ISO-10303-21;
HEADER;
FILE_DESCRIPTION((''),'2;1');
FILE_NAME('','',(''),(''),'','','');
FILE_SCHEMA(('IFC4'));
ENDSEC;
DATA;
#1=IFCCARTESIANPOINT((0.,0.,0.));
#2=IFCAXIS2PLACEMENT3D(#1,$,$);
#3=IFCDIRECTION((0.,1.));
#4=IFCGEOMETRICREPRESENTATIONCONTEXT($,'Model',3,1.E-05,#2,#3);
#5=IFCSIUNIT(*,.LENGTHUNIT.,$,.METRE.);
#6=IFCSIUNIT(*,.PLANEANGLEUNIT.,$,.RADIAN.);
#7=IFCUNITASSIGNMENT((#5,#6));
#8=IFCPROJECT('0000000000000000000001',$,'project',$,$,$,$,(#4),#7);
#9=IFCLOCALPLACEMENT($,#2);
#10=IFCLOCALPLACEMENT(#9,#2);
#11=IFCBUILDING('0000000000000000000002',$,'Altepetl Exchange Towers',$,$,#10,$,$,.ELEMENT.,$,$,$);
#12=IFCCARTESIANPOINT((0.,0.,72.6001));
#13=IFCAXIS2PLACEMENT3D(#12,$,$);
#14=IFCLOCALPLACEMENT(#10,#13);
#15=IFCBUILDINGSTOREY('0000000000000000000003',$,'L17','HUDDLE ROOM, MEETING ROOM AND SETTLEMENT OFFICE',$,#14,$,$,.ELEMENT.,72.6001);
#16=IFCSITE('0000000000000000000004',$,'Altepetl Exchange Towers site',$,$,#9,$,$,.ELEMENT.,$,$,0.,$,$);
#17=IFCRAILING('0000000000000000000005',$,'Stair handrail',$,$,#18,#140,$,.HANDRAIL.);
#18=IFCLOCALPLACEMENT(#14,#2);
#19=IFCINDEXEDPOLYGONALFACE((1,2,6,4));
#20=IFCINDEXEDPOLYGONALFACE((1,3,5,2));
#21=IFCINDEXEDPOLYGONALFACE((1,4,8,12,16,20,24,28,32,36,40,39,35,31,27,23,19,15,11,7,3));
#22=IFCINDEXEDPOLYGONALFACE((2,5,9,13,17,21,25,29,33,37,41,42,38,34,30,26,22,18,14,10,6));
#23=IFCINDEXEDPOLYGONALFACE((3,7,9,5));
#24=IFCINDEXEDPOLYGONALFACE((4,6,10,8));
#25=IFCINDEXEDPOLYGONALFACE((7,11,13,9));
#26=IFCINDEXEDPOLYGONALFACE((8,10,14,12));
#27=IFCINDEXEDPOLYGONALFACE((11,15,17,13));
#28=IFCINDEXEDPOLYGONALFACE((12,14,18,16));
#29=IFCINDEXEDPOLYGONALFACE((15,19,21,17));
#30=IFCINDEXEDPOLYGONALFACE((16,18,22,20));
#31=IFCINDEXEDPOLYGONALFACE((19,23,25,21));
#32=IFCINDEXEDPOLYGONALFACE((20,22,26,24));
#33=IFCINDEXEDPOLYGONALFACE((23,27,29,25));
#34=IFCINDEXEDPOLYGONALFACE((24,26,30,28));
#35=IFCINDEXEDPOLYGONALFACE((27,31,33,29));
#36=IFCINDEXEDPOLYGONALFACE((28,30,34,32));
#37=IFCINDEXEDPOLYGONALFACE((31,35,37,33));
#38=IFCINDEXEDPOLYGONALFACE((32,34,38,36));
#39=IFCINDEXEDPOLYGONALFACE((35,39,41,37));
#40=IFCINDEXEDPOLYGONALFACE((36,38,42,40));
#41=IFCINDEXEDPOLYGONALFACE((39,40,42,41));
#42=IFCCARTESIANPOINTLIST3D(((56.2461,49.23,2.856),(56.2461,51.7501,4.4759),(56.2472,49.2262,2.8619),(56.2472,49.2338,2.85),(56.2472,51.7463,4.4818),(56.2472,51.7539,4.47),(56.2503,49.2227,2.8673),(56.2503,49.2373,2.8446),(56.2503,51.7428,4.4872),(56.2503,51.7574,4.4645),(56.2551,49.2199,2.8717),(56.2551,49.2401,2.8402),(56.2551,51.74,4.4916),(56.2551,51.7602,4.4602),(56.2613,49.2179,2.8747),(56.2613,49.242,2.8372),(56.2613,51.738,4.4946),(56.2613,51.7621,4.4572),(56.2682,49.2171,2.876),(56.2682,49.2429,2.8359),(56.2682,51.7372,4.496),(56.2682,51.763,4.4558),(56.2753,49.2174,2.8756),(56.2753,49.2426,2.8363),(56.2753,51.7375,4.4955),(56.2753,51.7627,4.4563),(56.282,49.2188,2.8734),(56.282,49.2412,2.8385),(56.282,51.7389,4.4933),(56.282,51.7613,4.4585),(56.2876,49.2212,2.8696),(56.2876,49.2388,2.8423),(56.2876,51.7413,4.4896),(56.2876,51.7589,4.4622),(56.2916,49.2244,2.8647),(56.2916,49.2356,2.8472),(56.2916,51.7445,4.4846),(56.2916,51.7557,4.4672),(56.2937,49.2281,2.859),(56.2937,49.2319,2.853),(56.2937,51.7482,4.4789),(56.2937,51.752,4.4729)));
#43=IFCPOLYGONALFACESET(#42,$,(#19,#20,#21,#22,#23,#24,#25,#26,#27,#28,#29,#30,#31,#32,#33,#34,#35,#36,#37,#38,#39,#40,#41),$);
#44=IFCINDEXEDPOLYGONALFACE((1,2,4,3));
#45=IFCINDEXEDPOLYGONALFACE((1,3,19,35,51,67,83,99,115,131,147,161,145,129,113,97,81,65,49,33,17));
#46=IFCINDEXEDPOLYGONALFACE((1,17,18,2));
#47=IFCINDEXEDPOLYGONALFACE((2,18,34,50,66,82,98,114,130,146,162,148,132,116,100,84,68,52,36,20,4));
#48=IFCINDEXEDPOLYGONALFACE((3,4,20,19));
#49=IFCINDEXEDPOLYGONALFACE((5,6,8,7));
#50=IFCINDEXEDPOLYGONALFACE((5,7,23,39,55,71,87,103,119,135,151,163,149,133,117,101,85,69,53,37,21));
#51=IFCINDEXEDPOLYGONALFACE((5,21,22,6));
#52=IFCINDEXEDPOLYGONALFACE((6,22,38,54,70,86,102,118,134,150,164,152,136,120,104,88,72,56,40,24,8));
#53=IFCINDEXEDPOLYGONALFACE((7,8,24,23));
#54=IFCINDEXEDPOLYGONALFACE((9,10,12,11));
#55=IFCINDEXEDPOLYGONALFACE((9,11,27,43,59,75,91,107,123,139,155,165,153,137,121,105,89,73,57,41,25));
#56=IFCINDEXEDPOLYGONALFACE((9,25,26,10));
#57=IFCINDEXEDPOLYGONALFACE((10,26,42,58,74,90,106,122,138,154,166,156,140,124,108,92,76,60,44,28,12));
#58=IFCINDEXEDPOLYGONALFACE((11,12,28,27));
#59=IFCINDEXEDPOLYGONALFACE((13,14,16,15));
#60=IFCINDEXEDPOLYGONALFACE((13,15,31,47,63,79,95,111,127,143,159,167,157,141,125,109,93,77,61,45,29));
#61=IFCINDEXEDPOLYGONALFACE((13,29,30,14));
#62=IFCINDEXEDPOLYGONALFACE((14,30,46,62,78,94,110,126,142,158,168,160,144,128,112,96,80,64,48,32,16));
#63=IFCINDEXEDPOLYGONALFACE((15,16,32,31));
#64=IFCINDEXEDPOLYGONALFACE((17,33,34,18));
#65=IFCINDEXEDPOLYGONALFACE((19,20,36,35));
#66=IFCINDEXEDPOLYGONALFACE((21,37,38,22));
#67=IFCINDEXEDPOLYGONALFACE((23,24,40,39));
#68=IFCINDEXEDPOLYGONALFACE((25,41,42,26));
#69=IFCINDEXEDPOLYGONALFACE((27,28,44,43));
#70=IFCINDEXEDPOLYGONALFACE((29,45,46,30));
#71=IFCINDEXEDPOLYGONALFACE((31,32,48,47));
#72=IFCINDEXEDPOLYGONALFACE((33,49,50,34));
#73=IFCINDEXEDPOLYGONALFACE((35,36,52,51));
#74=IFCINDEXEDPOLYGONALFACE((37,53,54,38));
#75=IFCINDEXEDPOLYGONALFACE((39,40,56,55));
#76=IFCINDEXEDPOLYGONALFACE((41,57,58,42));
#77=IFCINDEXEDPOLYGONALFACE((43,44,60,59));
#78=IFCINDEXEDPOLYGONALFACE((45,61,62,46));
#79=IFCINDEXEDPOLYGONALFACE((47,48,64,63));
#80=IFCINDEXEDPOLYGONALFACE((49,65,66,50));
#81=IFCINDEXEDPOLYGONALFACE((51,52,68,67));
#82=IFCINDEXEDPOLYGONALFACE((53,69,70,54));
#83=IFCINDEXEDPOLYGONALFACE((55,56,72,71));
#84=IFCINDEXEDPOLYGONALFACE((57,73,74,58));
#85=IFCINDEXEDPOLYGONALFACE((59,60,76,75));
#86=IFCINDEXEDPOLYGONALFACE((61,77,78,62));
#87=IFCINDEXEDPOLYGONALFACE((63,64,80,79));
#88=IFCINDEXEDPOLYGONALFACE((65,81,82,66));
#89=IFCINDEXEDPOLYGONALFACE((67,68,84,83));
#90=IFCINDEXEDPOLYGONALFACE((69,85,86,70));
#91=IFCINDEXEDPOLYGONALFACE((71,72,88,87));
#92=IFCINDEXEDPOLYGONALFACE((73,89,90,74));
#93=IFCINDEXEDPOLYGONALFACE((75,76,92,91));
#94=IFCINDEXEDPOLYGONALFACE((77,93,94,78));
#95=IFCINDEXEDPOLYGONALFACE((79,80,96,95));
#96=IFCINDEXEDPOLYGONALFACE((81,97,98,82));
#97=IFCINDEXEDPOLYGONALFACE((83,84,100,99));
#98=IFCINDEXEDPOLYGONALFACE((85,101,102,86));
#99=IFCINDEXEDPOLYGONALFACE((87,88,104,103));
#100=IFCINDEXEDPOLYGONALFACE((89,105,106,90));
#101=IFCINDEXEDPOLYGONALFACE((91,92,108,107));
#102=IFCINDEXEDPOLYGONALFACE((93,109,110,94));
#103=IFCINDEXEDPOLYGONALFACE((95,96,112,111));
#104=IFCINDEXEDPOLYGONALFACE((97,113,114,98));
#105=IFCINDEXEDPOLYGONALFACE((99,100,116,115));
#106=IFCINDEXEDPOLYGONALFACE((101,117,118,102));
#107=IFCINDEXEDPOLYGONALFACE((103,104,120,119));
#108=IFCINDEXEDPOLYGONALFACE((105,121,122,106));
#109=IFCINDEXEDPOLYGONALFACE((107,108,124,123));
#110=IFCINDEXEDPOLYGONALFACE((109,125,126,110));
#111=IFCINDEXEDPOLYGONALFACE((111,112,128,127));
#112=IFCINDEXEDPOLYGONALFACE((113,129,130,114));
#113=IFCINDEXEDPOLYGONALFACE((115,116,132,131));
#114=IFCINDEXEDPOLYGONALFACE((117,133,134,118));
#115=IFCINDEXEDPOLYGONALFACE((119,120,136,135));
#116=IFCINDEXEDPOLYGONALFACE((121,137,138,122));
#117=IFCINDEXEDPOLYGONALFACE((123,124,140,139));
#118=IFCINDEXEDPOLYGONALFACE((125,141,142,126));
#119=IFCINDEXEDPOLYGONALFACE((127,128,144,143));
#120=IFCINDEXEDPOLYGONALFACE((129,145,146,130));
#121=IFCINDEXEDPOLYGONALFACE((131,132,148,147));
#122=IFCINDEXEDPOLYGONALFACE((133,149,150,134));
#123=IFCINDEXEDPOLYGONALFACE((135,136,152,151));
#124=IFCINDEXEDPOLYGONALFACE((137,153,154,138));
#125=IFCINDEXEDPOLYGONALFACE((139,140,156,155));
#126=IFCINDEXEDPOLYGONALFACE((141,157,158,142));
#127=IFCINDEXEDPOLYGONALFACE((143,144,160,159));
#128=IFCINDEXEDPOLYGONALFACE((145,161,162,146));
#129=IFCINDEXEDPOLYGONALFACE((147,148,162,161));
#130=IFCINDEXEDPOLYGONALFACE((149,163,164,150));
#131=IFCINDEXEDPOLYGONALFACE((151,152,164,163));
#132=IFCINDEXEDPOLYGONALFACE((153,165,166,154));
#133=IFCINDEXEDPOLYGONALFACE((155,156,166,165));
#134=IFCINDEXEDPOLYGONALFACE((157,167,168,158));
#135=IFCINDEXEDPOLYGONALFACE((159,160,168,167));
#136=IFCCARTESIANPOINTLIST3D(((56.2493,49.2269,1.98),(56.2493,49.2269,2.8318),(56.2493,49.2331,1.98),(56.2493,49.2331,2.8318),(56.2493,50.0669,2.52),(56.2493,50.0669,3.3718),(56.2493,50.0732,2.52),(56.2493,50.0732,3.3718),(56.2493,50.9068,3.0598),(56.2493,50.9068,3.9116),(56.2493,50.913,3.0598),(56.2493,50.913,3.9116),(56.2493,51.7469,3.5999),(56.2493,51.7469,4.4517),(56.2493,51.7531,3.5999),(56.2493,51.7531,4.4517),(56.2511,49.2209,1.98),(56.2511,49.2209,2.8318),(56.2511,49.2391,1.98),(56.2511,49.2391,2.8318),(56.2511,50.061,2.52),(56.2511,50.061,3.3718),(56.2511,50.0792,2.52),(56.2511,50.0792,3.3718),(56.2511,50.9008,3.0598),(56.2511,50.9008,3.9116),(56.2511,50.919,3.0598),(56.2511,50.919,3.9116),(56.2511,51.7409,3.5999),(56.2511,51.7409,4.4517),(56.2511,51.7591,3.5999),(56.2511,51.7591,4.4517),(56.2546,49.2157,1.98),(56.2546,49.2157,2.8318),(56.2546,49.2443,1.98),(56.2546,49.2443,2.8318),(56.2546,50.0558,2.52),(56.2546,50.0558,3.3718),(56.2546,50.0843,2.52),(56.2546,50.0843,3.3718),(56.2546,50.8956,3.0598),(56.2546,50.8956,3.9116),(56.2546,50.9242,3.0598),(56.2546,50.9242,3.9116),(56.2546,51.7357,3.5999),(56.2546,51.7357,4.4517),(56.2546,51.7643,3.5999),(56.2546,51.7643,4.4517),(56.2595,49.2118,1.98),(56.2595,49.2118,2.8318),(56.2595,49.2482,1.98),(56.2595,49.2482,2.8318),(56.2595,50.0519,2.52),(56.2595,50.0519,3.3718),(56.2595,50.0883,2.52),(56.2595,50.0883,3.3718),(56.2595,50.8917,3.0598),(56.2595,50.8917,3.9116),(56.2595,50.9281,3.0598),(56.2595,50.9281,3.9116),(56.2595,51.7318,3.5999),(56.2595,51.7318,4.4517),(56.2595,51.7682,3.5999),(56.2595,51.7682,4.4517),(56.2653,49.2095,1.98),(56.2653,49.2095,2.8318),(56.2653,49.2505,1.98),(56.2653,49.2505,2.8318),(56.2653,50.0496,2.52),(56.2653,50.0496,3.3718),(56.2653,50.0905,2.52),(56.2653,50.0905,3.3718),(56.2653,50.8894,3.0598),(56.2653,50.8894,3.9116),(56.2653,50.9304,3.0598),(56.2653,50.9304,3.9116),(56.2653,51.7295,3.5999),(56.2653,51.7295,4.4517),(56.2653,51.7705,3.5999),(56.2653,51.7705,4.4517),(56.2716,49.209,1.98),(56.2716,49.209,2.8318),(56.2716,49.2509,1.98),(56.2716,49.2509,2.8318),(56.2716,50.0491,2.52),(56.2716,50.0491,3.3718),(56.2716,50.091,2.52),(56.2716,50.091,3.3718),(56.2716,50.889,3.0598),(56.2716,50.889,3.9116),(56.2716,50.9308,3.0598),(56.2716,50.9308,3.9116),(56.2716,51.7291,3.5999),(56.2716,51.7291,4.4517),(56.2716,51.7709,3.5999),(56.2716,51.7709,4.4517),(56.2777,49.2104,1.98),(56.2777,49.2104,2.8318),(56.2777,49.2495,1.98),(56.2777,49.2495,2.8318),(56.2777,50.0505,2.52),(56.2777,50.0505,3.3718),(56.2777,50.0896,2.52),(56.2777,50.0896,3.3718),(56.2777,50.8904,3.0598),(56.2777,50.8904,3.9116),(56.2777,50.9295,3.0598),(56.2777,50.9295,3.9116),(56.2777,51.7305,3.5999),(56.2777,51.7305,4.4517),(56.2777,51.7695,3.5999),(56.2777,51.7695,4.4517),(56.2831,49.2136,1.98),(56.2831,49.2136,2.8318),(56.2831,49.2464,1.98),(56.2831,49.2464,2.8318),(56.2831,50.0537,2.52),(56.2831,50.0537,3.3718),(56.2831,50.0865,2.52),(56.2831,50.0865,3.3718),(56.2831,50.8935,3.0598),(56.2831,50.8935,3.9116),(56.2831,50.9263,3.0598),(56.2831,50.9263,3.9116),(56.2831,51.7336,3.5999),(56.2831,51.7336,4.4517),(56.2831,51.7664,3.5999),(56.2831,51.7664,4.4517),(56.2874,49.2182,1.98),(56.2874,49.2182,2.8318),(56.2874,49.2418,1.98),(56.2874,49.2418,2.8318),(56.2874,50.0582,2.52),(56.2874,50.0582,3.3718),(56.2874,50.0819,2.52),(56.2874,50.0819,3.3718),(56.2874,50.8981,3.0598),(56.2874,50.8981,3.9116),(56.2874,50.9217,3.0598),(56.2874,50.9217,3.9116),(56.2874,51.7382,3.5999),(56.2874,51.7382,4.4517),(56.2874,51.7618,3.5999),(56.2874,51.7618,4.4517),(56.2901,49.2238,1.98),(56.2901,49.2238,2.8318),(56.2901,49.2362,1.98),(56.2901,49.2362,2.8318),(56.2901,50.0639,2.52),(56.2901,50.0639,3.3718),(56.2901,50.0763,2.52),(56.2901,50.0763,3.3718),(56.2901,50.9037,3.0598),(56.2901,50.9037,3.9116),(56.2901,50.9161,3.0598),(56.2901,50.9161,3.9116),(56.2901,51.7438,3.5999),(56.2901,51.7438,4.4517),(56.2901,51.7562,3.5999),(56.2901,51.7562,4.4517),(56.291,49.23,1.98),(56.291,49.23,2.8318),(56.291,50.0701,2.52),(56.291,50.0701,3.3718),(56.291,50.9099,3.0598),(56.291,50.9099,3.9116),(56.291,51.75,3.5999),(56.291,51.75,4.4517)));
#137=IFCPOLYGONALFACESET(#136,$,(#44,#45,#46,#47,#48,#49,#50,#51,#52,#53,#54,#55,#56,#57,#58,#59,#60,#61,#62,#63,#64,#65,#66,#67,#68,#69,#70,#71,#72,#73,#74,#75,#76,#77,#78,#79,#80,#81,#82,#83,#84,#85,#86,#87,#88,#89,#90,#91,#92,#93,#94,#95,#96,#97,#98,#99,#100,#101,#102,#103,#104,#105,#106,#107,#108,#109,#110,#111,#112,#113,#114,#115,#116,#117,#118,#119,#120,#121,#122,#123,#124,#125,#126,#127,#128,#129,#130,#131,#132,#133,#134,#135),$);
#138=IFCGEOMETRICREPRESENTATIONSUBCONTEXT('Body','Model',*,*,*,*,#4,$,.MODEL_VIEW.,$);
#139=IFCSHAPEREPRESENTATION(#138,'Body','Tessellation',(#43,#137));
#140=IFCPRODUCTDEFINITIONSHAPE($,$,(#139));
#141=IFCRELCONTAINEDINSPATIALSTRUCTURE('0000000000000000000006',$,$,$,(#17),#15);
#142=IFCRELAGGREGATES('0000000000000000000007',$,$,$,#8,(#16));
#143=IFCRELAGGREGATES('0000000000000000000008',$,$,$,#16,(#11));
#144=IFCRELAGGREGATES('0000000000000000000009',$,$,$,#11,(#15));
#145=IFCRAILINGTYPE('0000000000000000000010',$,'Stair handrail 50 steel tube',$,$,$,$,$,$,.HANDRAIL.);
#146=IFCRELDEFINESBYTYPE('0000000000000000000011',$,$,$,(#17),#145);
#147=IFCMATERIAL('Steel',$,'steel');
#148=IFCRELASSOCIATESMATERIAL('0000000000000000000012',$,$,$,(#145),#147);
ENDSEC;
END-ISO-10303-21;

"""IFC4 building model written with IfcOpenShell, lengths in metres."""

from ifc_helpers import new_model, si_unit, direction, frame, origin, origin_2d, place, context, subcontext, project, spatial, circle, extrude, source, transform, mapped, material, type_object, element, save


model = new_model("IFC4")

# Units and contexts
model_context = context("Model", 3, precision=1e-05, world=origin(), true_north=direction((0.0, 1.0)))
body_context = subcontext(model_context, "Body", "Model", "MODEL_VIEW")
ifc_project = project(units=[si_unit("LENGTHUNIT", "METRE"), si_unit("PLANEANGLEUNIT", "RADIAN")], contexts=[model_context])

# Site, building, storey
site_placement = place(None, origin())
site = spatial("IfcSite", under=ifc_project, at=site_placement, Name="Altepetl Exchange Towers site", CompositionType="ELEMENT", RefElevation=0.0)
building_placement = place(site_placement, origin())
building = spatial("IfcBuilding", under=site, at=building_placement, Name="Altepetl Exchange Towers", CompositionType="ELEMENT")
storey_placement = place(building_placement, frame((0.0, 0.0, 72.6001)))
storey = spatial("IfcBuildingStorey", under=building, at=storey_placement, Name="L17", Description="HUDDLE ROOM, MEETING ROOM AND SETTLEMENT OFFICE", CompositionType="ELEMENT", Elevation=72.6001)

# Railing
ifc_material_1 = material(Name="Steel", Category="steel")
railing_type = type_object("IfcRailingType", Name="Stair handrail 50 steel tube", PredefinedType="HANDRAIL", material=ifc_material_1)
shared_shape = source(origin(), body_context, "Body", "SweptSolid", [
    extrude(circle(Radius=0.021, at=origin_2d()), origin(), (0.0, 0.0, 1.0), 0.8518),
])
railing_1_placement = place(storey_placement, frame((56.27, 49.23, 1.98)))
element("IfcRailing", 1, at=railing_1_placement, inside=storey, type_object=railing_type, Name="Stair handrail", PredefinedType="HANDRAIL", context=body_context, shape_type="SweptSolid", body=[
    extrude(circle(Radius=0.0239, at=origin_2d()), frame((0.0, 0.0, 0.876), z_axis=(0.0, 0.8412, 0.540725), x_axis=(-1.0, 0.0, 0.0)), (0.0, 0.0, 1.0), 2.9958),
    mapped(shared_shape, transform((0.0, 0.0, 0.0))),
    mapped(shared_shape, transform((0.0, 0.8401, 0.54))),
    mapped(shared_shape, transform((0.0, 1.6799, 1.0798))),
    mapped(shared_shape, transform((0.0, 2.52, 1.6199))),
])

save(model, "model.ifc")
